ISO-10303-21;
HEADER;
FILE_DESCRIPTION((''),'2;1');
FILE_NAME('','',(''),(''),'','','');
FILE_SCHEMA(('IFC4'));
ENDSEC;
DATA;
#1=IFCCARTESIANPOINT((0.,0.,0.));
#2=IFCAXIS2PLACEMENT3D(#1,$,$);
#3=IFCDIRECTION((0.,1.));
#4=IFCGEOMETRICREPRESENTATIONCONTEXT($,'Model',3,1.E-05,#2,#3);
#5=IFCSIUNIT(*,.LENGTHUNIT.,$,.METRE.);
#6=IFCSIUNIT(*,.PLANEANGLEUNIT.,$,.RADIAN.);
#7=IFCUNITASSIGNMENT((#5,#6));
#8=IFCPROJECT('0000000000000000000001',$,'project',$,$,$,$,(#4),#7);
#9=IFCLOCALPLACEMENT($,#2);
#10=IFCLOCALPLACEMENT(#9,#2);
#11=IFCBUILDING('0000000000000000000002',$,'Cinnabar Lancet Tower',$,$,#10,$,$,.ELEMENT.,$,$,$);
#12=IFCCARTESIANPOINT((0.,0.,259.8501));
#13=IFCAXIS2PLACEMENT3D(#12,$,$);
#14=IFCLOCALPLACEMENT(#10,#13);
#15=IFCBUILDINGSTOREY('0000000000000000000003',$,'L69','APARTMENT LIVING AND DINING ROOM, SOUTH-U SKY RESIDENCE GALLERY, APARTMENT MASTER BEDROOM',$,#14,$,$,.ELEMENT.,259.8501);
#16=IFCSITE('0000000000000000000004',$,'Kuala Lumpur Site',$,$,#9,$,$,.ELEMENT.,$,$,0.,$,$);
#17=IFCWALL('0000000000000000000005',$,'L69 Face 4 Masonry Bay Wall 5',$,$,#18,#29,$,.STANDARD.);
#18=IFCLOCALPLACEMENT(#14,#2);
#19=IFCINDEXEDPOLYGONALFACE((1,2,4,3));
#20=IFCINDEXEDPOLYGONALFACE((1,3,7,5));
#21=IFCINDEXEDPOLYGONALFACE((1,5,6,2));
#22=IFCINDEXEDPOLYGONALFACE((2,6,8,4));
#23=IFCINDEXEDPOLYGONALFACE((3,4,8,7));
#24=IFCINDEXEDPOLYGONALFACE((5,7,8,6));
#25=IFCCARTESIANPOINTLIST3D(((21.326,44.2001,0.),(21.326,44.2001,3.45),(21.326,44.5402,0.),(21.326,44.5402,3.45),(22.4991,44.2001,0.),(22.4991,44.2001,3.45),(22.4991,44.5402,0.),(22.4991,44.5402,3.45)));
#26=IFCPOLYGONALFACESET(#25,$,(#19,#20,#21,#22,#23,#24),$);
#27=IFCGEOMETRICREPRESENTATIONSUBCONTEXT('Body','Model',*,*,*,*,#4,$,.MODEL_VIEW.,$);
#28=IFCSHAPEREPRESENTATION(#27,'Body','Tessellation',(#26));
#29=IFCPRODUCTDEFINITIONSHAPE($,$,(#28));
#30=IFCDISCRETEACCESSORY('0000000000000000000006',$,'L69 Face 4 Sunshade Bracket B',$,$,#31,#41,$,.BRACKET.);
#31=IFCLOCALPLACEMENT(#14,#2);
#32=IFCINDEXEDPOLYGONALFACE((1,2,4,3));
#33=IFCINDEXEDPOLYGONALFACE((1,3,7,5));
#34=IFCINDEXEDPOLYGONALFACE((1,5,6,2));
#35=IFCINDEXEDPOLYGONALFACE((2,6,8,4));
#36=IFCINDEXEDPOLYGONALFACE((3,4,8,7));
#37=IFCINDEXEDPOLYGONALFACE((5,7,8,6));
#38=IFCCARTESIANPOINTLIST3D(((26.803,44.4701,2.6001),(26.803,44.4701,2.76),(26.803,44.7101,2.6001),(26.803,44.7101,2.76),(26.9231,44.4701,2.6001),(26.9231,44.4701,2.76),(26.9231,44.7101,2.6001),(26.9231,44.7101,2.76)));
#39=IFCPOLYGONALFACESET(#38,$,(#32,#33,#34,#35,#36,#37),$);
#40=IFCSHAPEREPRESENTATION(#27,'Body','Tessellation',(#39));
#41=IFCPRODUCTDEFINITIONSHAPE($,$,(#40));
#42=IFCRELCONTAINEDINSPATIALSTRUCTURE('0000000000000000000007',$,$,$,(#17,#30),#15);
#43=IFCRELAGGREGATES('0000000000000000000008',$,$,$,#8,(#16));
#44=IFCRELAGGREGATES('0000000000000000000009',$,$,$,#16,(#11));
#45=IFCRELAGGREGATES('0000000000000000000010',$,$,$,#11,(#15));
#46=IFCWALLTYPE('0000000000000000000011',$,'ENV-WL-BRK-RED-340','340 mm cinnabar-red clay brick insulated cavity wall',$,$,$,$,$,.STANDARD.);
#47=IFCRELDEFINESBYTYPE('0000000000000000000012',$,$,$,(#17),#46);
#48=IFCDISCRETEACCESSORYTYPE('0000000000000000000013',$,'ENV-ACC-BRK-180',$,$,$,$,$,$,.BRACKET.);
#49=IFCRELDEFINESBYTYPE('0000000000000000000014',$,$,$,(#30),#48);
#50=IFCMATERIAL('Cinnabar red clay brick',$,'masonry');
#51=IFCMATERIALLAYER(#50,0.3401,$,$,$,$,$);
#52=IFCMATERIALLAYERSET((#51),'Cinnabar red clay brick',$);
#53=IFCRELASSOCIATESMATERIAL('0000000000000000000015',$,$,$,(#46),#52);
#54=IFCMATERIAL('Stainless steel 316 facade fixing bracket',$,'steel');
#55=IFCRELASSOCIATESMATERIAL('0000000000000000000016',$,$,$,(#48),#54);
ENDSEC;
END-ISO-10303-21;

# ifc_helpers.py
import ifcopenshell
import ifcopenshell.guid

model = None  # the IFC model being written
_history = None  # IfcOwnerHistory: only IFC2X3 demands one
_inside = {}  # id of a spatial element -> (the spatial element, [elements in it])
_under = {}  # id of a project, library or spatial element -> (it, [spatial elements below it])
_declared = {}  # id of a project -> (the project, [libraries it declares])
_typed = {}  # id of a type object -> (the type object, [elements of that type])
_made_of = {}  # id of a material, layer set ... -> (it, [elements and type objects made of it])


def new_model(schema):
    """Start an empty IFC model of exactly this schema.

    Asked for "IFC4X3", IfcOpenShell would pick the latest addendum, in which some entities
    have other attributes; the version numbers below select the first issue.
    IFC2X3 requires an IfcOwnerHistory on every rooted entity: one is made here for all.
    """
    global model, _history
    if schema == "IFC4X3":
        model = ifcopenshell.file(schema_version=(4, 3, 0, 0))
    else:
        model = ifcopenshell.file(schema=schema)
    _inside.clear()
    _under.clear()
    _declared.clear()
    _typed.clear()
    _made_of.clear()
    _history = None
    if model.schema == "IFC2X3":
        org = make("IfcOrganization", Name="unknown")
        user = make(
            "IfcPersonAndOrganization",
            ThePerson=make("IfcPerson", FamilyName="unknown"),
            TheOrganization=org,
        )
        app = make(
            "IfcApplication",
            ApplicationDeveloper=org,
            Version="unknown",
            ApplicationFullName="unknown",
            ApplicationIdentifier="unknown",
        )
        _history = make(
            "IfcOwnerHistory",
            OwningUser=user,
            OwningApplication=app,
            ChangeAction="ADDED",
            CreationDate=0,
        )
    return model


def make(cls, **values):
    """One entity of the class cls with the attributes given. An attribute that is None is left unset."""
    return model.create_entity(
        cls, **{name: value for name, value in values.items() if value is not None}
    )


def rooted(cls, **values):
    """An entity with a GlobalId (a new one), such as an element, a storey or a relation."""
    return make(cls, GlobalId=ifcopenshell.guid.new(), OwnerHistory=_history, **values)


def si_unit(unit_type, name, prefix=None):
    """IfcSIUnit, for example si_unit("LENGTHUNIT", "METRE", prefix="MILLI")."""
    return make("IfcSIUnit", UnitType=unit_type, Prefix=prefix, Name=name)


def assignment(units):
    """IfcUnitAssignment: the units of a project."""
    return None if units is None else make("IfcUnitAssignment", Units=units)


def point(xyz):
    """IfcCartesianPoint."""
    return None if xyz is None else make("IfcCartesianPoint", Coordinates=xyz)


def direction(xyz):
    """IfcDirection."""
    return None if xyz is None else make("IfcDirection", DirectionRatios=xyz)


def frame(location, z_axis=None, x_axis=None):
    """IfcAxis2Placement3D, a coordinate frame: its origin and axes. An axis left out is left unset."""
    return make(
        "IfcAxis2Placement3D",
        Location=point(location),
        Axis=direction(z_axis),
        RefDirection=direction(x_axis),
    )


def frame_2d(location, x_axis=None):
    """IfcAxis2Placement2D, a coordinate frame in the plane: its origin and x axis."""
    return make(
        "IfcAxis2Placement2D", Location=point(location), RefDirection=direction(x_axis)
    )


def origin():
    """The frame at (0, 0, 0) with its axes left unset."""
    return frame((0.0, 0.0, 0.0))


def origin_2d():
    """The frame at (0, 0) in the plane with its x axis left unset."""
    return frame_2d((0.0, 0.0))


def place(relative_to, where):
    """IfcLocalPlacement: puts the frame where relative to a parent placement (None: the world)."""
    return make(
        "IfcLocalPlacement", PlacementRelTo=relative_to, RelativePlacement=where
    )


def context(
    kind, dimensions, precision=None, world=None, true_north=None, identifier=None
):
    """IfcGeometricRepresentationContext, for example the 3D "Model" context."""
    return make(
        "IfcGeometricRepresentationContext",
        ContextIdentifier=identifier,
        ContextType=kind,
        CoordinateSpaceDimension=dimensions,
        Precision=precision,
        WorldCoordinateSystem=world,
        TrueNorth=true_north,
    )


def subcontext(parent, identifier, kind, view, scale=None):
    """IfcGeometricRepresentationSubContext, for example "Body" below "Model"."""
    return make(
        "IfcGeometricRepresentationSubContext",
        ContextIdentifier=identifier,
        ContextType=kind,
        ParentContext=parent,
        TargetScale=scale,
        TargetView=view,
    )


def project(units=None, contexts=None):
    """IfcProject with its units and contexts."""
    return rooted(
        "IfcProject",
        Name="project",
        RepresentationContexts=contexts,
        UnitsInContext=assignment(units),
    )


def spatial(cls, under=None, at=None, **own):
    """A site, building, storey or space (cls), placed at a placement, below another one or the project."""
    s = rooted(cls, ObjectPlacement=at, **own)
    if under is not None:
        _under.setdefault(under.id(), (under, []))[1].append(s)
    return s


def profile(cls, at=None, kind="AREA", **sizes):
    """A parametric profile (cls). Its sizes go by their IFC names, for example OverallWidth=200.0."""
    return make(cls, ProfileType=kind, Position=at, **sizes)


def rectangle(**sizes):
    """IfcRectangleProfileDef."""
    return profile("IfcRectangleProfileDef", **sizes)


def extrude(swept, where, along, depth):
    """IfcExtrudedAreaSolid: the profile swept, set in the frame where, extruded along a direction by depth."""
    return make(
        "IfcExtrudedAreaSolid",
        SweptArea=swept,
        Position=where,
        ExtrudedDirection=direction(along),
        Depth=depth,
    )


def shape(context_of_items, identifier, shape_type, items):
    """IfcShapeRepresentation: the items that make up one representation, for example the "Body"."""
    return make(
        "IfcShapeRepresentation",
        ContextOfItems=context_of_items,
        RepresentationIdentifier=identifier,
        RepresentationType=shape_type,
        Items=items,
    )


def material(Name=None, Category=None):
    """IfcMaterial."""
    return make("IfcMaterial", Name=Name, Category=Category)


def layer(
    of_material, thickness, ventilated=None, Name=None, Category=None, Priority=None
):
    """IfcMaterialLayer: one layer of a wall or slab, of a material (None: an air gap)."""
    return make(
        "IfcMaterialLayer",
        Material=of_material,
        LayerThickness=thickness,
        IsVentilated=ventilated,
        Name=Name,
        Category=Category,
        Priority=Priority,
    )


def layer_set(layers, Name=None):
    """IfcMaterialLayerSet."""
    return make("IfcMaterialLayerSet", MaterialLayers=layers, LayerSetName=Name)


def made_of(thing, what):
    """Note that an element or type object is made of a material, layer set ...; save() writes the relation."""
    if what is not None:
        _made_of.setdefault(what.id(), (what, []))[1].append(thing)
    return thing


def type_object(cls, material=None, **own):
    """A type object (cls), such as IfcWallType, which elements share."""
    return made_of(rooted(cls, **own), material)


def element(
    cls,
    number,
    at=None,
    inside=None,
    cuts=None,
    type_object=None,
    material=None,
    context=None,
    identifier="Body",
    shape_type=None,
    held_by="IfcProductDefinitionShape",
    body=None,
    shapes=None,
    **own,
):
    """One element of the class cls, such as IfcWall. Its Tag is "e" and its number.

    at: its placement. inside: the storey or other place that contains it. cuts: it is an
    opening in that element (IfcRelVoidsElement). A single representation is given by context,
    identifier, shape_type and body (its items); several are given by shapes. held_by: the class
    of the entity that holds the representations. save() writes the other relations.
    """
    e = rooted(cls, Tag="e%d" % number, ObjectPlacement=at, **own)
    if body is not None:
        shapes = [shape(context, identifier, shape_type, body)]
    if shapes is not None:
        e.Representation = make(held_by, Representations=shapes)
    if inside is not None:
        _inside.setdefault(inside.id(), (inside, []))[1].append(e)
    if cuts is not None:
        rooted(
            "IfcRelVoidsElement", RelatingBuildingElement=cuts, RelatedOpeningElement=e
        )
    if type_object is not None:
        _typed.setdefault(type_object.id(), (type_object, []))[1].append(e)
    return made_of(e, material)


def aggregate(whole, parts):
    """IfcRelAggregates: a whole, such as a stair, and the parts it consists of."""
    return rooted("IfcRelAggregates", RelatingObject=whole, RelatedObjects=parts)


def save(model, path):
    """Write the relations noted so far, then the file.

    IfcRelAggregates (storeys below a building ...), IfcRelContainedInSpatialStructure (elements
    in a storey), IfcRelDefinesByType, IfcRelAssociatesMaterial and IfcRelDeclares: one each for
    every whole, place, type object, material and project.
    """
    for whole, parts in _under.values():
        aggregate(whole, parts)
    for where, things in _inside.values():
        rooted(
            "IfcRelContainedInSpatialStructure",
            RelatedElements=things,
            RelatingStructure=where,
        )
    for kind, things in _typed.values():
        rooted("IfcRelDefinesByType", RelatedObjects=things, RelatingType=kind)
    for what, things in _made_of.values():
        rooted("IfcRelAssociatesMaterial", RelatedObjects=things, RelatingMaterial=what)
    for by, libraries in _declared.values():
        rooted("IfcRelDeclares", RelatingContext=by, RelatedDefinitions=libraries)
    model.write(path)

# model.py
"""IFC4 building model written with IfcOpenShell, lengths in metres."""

from ifc_helpers import new_model, si_unit, direction, frame, frame_2d, origin, origin_2d, place, context, subcontext, project, spatial, rectangle, extrude, material, layer, layer_set, type_object, element, save


model = new_model("IFC4")

# Units and contexts
model_context = context("Model", 3, precision=1e-05, world=origin(), true_north=direction((0.0, 1.0)))
body_context = subcontext(model_context, "Body", "Model", "MODEL_VIEW")
ifc_project = project(units=[si_unit("LENGTHUNIT", "METRE"), si_unit("PLANEANGLEUNIT", "RADIAN")], contexts=[model_context])

# Site, building, storey
site_placement = place(None, origin())
site = spatial("IfcSite", under=ifc_project, at=site_placement, Name="Kuala Lumpur Site", CompositionType="ELEMENT", RefElevation=0.0)
building_placement = place(site_placement, origin())
building = spatial("IfcBuilding", under=site, at=building_placement, Name="Cinnabar Lancet Tower", CompositionType="ELEMENT")
storey_placement = place(building_placement, frame((0.0, 0.0, 259.8501)))
storey = spatial("IfcBuildingStorey", under=building, at=storey_placement, Name="L69", Description="APARTMENT LIVING AND DINING ROOM, SOUTH-U SKY RESIDENCE GALLERY, APARTMENT MASTER BEDROOM", CompositionType="ELEMENT", Elevation=259.8501)

# Shared definitions
ifc_material_1 = material(Name="Cinnabar red clay brick", Category="masonry")
ifc_layer_1 = layer(ifc_material_1, 0.3401)
ifc_layer_set_1 = layer_set([ifc_layer_1], Name="Cinnabar red clay brick")
wall_type_1 = type_object("IfcWallType", Name="ENV-WL-BRK-RED-340", Description="340 mm cinnabar-red clay brick insulated cavity wall", PredefinedType="STANDARD", material=ifc_layer_set_1)

# Wall
wall_1_placement = place(storey_placement, frame((22.499, 44.3701, 0.0), z_axis=(0.0, 0.0, 1.0), x_axis=(-1.0, 0.0, 0.0)))
element("IfcWall", 1, at=wall_1_placement, inside=storey, type_object=wall_type_1, Name="L69 Face 4 Masonry Bay Wall 5", PredefinedType="STANDARD", context=body_context, shape_type="SweptSolid", body=[
    extrude(rectangle(XDim=1.1731, YDim=0.3401, at=frame_2d((0.5864, 0.0))), origin(), (0.0, 0.0, 1.0), 3.45),
])

# Discrete accessory
ifc_material_2 = material(Name="Stainless steel 316 facade fixing bracket", Category="steel")
discrete_accessory_type = type_object("IfcDiscreteAccessoryType", Name="ENV-ACC-BRK-180", PredefinedType="BRACKET", material=ifc_material_2)
discrete_accessory_placement = place(storey_placement, frame((26.863, 44.5901, 2.6001), z_axis=(0.0, 0.0, 1.0), x_axis=(-1.0, 0.0, 0.0)))
element("IfcDiscreteAccessory", 2, at=discrete_accessory_placement, inside=storey, type_object=discrete_accessory_type, Name="L69 Face 4 Sunshade Bracket B", PredefinedType="BRACKET", context=body_context, shape_type="SweptSolid", body=[
    extrude(rectangle(XDim=0.1201, YDim=0.24, at=origin_2d()), origin(), (0.0, 0.0, 1.0), 0.1599),
])

save(model, "model.ifc")
